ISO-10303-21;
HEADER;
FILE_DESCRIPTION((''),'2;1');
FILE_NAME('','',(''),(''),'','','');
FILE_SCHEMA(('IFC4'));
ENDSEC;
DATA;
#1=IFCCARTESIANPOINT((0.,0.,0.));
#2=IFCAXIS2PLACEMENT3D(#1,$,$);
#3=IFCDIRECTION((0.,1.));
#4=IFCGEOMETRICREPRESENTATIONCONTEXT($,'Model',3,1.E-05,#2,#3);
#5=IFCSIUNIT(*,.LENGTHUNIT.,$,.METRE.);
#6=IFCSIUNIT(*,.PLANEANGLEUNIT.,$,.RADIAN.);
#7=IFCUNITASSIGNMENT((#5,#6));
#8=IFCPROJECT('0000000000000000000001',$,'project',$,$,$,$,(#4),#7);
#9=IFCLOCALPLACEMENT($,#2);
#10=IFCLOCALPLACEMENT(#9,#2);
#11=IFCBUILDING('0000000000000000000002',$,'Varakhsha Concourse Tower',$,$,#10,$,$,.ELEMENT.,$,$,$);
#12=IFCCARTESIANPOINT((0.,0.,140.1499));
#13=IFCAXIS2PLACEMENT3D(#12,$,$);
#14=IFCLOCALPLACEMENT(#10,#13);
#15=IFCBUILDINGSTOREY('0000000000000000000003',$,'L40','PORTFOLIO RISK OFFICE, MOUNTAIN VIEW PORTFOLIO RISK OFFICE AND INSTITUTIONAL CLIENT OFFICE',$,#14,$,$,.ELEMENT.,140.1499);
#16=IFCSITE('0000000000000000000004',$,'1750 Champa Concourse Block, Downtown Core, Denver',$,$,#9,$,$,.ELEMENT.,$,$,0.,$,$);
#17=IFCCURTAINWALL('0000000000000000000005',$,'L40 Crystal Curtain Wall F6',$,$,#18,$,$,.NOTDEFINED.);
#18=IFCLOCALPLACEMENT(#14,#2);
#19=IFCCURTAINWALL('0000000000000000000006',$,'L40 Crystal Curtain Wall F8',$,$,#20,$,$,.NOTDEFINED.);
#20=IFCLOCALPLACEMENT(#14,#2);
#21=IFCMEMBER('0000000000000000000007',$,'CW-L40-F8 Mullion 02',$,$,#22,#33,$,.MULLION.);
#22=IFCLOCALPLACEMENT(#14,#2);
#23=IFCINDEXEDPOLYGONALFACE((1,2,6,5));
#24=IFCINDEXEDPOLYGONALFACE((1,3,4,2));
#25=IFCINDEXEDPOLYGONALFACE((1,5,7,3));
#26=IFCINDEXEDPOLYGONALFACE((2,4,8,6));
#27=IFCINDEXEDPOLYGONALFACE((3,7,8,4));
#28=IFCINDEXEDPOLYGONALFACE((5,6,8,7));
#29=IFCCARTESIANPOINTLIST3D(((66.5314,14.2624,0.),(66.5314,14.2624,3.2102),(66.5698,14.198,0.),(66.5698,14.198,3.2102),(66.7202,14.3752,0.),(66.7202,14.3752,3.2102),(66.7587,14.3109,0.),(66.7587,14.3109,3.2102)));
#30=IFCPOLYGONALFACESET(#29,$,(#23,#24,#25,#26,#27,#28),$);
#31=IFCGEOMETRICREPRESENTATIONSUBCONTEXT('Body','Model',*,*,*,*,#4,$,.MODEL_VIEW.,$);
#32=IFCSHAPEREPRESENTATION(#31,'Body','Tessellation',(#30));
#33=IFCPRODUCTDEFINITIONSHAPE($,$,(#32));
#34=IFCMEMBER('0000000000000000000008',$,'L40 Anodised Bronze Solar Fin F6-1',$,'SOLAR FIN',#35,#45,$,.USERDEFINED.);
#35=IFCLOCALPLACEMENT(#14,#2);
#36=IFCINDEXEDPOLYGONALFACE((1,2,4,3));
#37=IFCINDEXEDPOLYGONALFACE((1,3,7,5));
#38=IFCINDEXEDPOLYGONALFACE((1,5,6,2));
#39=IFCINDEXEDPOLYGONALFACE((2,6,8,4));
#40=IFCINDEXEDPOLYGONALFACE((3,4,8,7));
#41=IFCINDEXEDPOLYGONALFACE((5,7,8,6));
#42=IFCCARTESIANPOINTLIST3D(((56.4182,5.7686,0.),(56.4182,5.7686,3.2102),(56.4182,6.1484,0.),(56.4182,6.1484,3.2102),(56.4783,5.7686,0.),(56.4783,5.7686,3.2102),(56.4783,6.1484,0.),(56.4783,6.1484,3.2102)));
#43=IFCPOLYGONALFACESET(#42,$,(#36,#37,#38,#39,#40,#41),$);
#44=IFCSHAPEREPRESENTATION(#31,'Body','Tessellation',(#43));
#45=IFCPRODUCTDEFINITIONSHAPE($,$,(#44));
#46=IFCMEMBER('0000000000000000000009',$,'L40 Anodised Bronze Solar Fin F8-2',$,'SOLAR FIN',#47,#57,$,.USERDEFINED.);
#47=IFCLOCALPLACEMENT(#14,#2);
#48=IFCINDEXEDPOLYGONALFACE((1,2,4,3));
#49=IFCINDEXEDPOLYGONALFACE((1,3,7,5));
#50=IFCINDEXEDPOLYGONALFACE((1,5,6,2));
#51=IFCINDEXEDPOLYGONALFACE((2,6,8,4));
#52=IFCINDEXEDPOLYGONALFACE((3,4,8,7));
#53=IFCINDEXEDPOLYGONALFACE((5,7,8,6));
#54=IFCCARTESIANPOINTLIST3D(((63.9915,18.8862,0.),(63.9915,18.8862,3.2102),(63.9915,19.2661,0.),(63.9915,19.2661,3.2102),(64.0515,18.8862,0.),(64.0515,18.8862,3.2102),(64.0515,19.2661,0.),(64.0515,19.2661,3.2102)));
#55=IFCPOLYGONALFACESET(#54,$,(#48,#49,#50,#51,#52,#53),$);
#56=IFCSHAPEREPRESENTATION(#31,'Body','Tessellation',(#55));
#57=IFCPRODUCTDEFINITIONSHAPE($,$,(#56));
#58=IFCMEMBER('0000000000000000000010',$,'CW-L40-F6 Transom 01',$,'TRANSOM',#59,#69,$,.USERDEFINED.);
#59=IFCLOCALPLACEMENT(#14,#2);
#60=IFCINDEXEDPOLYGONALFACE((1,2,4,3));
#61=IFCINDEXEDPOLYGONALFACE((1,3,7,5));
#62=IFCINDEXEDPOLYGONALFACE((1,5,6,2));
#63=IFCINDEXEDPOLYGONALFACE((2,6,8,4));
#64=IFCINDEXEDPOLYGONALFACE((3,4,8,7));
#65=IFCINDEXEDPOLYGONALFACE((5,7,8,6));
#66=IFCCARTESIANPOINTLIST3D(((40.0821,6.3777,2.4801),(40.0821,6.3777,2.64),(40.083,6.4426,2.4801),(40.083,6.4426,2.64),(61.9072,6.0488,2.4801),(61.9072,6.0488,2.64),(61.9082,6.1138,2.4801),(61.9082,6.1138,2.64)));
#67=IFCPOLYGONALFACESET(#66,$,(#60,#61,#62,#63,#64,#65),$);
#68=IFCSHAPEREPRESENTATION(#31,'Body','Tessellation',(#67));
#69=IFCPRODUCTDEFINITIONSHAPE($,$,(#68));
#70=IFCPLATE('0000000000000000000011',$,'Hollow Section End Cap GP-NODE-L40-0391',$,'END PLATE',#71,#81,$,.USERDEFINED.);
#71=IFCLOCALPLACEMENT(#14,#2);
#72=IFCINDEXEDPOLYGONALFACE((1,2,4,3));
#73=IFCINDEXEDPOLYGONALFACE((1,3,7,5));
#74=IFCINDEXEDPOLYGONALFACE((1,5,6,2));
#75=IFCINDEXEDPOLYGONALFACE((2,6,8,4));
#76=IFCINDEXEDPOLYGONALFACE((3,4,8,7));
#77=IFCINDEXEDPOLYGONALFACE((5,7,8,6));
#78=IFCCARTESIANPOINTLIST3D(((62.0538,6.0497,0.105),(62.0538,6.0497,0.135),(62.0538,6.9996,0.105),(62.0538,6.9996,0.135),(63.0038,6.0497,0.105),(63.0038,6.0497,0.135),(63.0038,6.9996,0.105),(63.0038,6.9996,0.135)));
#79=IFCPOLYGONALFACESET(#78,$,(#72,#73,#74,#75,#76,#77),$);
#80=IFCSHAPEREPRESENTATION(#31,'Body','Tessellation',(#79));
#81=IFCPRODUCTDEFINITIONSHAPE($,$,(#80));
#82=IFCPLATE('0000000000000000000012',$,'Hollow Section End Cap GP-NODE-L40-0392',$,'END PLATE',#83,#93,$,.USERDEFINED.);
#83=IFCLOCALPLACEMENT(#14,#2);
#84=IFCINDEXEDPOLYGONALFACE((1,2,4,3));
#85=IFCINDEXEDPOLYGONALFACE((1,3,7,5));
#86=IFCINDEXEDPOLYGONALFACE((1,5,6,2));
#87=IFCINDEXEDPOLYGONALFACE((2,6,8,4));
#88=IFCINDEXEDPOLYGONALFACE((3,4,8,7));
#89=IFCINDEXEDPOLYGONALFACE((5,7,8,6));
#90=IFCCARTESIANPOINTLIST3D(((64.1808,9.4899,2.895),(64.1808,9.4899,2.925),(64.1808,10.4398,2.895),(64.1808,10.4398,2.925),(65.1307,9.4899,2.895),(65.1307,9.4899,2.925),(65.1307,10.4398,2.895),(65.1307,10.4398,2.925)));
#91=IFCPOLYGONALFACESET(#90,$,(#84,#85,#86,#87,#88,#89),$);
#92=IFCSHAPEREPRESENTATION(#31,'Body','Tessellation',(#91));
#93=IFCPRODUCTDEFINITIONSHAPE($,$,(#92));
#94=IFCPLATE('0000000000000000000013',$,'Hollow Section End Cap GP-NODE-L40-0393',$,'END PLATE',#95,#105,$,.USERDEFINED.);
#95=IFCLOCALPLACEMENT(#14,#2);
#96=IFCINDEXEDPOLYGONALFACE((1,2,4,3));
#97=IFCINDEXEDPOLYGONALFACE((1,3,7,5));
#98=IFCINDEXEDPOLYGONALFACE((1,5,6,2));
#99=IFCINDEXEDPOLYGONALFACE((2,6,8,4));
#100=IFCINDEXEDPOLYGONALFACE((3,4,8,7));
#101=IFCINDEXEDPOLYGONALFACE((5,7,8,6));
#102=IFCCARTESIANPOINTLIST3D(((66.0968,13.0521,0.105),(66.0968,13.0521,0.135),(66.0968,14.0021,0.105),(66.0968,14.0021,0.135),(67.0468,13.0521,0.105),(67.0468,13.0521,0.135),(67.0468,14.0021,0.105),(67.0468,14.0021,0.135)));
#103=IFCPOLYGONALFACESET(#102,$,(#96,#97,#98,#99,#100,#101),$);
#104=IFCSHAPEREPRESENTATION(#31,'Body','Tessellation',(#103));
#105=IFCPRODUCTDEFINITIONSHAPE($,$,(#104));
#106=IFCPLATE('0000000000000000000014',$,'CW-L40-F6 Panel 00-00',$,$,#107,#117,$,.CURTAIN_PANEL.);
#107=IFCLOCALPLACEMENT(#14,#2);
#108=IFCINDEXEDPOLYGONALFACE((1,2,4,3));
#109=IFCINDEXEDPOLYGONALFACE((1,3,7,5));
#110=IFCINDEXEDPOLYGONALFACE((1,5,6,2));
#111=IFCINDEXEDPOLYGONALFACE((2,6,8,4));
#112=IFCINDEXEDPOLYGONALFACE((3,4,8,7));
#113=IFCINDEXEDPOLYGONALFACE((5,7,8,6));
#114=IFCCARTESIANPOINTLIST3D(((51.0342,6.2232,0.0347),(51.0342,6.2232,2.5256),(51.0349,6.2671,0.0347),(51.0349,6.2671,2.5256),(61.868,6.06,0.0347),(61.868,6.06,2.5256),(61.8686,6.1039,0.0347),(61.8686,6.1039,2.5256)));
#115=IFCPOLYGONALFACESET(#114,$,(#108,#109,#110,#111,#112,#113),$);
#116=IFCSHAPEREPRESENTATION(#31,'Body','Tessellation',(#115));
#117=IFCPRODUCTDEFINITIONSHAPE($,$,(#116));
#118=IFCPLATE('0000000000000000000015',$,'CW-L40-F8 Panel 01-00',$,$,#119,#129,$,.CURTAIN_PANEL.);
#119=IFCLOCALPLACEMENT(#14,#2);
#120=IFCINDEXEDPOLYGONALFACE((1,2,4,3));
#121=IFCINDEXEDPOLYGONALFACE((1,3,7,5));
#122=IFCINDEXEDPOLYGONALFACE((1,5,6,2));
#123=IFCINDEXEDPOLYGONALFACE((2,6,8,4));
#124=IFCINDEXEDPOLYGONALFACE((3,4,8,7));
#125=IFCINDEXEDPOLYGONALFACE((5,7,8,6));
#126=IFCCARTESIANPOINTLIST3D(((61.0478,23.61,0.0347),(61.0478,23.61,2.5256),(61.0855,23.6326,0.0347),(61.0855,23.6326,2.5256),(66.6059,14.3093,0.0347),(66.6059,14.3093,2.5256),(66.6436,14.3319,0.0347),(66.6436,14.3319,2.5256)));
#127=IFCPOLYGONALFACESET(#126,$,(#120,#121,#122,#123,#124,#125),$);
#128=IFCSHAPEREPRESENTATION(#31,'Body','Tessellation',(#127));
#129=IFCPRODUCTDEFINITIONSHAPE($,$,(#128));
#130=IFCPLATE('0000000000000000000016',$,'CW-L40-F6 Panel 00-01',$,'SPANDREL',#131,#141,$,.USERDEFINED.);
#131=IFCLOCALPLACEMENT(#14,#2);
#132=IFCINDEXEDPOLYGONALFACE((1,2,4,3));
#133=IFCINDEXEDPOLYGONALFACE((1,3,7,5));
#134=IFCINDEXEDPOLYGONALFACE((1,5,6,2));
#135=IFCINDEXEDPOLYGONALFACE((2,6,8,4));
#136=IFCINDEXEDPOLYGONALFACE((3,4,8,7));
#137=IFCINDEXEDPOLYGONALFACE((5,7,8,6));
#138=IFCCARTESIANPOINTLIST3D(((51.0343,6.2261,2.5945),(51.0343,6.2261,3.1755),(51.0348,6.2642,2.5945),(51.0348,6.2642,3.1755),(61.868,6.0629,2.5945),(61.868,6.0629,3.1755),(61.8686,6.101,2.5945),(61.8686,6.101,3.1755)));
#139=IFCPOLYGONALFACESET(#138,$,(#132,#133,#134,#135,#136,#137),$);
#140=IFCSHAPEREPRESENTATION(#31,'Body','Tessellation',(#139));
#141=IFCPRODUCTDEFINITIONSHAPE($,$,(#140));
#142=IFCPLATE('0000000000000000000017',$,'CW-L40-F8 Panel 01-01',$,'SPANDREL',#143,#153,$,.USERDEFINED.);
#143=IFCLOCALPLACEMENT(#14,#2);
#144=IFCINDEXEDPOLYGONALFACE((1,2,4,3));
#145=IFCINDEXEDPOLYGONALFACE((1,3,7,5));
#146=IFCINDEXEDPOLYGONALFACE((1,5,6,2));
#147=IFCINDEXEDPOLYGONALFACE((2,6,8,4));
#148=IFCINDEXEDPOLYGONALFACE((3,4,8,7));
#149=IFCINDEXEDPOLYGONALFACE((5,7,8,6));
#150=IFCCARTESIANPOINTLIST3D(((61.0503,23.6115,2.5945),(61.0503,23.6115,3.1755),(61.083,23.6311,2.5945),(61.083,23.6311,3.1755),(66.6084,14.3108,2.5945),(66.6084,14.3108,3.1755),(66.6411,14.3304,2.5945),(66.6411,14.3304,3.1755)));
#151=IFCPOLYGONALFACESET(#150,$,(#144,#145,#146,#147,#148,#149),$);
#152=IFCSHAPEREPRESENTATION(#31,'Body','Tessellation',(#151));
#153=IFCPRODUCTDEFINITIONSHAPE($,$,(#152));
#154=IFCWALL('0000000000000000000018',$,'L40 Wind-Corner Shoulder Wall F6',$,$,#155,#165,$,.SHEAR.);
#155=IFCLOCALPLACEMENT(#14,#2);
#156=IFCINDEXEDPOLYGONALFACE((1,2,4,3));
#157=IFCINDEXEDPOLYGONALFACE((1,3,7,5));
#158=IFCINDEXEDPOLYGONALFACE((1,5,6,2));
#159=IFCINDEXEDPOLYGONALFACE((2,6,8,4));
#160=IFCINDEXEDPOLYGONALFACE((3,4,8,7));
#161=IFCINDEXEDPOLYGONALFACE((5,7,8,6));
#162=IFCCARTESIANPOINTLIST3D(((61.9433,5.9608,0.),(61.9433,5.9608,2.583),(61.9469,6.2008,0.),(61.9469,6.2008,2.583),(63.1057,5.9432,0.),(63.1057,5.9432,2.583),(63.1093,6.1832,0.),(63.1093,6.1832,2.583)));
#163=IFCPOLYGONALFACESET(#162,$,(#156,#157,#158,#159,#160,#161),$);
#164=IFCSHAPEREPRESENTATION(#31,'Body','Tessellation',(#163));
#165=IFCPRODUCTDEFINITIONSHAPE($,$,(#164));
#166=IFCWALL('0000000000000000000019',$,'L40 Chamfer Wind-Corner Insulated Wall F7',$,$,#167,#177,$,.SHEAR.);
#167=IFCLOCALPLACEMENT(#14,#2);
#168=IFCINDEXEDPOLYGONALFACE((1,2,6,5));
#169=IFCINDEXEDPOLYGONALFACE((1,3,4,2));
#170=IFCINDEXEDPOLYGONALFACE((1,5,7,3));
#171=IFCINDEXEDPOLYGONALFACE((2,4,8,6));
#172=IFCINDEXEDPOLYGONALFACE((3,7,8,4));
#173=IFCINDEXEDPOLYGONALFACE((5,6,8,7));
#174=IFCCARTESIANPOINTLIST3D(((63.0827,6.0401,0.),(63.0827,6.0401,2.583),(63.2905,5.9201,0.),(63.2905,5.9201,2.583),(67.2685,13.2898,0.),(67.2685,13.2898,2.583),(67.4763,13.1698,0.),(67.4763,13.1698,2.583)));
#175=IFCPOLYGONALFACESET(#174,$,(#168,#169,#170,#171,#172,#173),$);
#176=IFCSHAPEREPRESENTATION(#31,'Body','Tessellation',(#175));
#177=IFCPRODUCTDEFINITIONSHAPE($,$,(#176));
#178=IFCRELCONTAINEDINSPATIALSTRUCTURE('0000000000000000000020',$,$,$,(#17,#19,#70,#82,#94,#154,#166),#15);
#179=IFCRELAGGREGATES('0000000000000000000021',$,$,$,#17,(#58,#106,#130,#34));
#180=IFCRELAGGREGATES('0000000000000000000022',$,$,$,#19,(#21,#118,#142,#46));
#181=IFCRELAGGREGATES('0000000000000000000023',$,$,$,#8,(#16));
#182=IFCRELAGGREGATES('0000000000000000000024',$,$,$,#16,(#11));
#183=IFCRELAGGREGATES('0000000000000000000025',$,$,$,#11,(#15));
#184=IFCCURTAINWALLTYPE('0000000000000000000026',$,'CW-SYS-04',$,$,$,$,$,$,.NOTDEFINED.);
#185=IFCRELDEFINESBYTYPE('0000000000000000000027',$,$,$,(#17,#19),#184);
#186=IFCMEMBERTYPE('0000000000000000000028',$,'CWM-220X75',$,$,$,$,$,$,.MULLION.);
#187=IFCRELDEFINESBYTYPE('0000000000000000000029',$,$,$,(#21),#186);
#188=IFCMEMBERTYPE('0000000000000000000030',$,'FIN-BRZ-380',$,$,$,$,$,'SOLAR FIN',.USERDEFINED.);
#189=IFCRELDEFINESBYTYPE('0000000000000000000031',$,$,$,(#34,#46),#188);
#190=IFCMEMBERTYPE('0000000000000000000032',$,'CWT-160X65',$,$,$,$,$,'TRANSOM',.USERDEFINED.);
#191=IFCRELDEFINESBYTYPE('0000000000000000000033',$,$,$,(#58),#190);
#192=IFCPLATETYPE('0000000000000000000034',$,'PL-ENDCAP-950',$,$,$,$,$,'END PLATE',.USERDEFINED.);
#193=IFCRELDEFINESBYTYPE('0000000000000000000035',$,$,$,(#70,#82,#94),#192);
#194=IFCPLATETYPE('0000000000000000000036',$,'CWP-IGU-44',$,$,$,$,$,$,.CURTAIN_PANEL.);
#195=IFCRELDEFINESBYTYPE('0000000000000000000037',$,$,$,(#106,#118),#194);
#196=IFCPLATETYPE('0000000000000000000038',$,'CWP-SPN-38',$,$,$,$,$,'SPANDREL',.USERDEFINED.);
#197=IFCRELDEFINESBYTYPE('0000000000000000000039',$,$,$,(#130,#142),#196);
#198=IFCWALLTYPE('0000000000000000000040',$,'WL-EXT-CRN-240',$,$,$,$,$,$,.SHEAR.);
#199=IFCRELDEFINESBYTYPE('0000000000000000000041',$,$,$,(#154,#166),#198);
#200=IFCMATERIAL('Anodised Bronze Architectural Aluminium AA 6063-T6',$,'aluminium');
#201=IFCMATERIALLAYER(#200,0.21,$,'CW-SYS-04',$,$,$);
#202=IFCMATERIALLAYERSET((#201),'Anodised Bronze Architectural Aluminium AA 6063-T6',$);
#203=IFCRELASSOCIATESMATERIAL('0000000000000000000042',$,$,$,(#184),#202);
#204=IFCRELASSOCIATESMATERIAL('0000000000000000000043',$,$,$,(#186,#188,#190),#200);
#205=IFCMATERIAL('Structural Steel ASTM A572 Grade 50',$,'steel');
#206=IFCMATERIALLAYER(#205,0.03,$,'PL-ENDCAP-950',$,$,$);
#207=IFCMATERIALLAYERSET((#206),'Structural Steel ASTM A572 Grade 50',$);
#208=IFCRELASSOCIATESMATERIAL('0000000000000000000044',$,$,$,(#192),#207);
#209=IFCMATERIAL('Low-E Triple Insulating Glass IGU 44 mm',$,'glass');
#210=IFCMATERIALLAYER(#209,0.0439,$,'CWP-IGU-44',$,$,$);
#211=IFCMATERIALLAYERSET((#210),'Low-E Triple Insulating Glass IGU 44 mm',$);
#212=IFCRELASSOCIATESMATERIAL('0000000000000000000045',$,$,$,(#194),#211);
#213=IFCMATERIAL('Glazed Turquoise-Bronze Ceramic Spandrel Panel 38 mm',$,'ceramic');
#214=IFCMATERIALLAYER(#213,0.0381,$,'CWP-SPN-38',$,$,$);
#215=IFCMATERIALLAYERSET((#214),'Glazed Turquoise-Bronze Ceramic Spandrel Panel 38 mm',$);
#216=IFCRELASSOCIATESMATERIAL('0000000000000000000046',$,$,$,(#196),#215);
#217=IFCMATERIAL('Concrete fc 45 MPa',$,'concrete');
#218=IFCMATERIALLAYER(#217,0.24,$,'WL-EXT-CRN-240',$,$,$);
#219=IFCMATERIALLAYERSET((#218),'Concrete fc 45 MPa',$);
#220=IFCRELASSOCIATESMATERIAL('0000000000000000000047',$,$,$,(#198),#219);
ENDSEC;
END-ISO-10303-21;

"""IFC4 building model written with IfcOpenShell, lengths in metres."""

from ifc_helpers import new_model, si_unit, direction, frame, frame_2d, origin, origin_2d, place, context, subcontext, project, spatial, rectangle, extrude, source, transform, mapped, material, layer, layer_set, material_profile, profile_set, type_object, type_shapes, element, aggregate, save


model = new_model("IFC4")

# Units and contexts
model_context = context("Model", 3, precision=1e-05, world=origin(), true_north=direction((0.0, 1.0)))
body_context = subcontext(model_context, "Body", "Model", "MODEL_VIEW")
ifc_project = project(units=[si_unit("LENGTHUNIT", "METRE"), si_unit("PLANEANGLEUNIT", "RADIAN")], contexts=[model_context])

# Site, building, storey
site_placement = place(None, origin())
site = spatial("IfcSite", under=ifc_project, at=site_placement, Name="1750 Champa Concourse Block, Downtown Core, Denver", CompositionType="ELEMENT", RefElevation=0.0)
building_placement = place(site_placement, origin())
building = spatial("IfcBuilding", under=site, at=building_placement, Name="Varakhsha Concourse Tower", CompositionType="ELEMENT")
storey_placement = place(building_placement, frame((0.0, 0.0, 140.1499)))
storey = spatial("IfcBuildingStorey", under=building, at=storey_placement, Name="L40", Description="PORTFOLIO RISK OFFICE, MOUNTAIN VIEW PORTFOLIO RISK OFFICE AND INSTITUTIONAL CLIENT OFFICE", CompositionType="ELEMENT", Elevation=140.1499)

# Shared definitions
ifc_material_1 = material(Name="Structural Steel ASTM A572 Grade 50", Category="steel")

# Curtain walls, member
ifc_material_2 = material(Name="Anodised Bronze Architectural Aluminium AA 6063-T6", Category="aluminium")
ifc_layer_1 = layer(ifc_material_2, 0.21, Name="CW-SYS-04")
ifc_layer_set_1 = layer_set([ifc_layer_1], Name="Anodised Bronze Architectural Aluminium AA 6063-T6")
curtain_wall_type = type_object("IfcCurtainWallType", Name="CW-SYS-04", PredefinedType="NOTDEFINED", material=ifc_layer_set_1)
curtain_wall_1_placement = place(storey_placement, origin())
curtain_wall_1 = element("IfcCurtainWall", 1, at=curtain_wall_1_placement, inside=storey, type_object=curtain_wall_type, Name="L40 Crystal Curtain Wall F6", PredefinedType="NOTDEFINED")
ifc_material_profile_1 = material_profile(ifc_material_2, rectangle(XDim=0.075, YDim=0.22, at=origin_2d()), Name="CWM-220X75")
ifc_profile_set_1 = profile_set([ifc_material_profile_1], Name="Anodised Bronze Architectural Aluminium AA 6063-T6")
member_type_1 = type_object("IfcMemberType", Name="CWM-220X75", PredefinedType="MULLION", material=ifc_profile_set_1)
shared_shape_1 = source(origin(), body_context, "Body", "SweptSolid", [
    extrude(rectangle(XDim=0.075, YDim=0.22, at=origin_2d()), origin(), (0.0, 0.0, 1.0), 3.2102),
])
type_shapes(member_type_1, [shared_shape_1])
curtain_wall_2_placement = place(storey_placement, origin())
curtain_wall_2 = element("IfcCurtainWall", 2, at=curtain_wall_2_placement, inside=storey, type_object=curtain_wall_type, Name="L40 Crystal Curtain Wall F8", PredefinedType="NOTDEFINED")
member_1_placement = place(storey_placement, frame((66.645, 14.2866, 0.0), z_axis=(0.0, 0.0, 1.0), x_axis=(0.512984, -0.858398, 0.0)))
member_1 = element("IfcMember", 3, at=member_1_placement, type_object=member_type_1, Name="CW-L40-F8 Mullion 02", PredefinedType="MULLION", context=body_context, shape_type="MappedRepresentation", body=[
    mapped(shared_shape_1, transform((0.0, 0.0, 0.0), scale=1.0)),
])

# Members
ifc_material_profile_2 = material_profile(ifc_material_2, rectangle(XDim=0.0601, YDim=0.3799, at=origin_2d()), Name="FIN-BRZ-380")
ifc_profile_set_2 = profile_set([ifc_material_profile_2], Name="Anodised Bronze Architectural Aluminium AA 6063-T6")
member_type_2 = type_object("IfcMemberType", Name="FIN-BRZ-380", ElementType="SOLAR FIN", PredefinedType="USERDEFINED", material=ifc_profile_set_2)
shared_shape_2 = source(origin(), body_context, "Body", "SweptSolid", [
    extrude(rectangle(XDim=0.0601, YDim=0.3799, at=origin_2d()), origin(), (0.0, 0.0, 1.0), 3.2102),
])
type_shapes(member_type_2, [shared_shape_2])
member_2_placement = place(storey_placement, frame((56.4482, 5.9585, 0.0), z_axis=(0.0, 0.0, 1.0), x_axis=(1.0, 0.0, 0.0)))
member_2 = element("IfcMember", 4, at=member_2_placement, type_object=member_type_2, Name="L40 Anodised Bronze Solar Fin F6-1", ObjectType="SOLAR FIN", PredefinedType="USERDEFINED", context=body_context, shape_type="MappedRepresentation", body=[
    mapped(shared_shape_2, transform((0.0, 0.0, 0.0), scale=1.0)),
])
member_3_placement = place(storey_placement, frame((64.0215, 19.0762, 0.0), z_axis=(0.0, 0.0, 1.0), x_axis=(1.0, 0.0, 0.0)))
member_3 = element("IfcMember", 5, at=member_3_placement, type_object=member_type_2, Name="L40 Anodised Bronze Solar Fin F8-2", ObjectType="SOLAR FIN", PredefinedType="USERDEFINED", context=body_context, shape_type="MappedRepresentation", body=[
    mapped(shared_shape_2, transform((0.0, 0.0, 0.0), scale=1.0)),
])
ifc_material_profile_3 = material_profile(ifc_material_2, rectangle(XDim=0.0649, YDim=0.1599, at=origin_2d()), Name="CWT-160X65")
ifc_profile_set_3 = profile_set([ifc_material_profile_3], Name="Anodised Bronze Architectural Aluminium AA 6063-T6")
member_type_3 = type_object("IfcMemberType", Name="CWT-160X65", ElementType="TRANSOM", PredefinedType="USERDEFINED", material=ifc_profile_set_3)
shared_shape_3 = source(origin(), body_context, "Body", "SweptSolid", [
    extrude(rectangle(XDim=0.0649, YDim=0.1599, at=origin_2d()), origin(), (0.0, 0.0, 1.0), 21.8276),
])
type_shapes(member_type_3, [shared_shape_3])
member_4_placement = place(storey_placement, frame((61.9077, 6.0813, 2.5601), z_axis=(-0.999887, 0.015066, 0.0), x_axis=(-0.015066, -0.999887, 0.0)))
member_4 = element("IfcMember", 6, at=member_4_placement, type_object=member_type_3, Name="CW-L40-F6 Transom 01", ObjectType="TRANSOM", PredefinedType="USERDEFINED", context=body_context, shape_type="MappedRepresentation", body=[
    mapped(shared_shape_3, transform((0.0, 0.0, 0.0), scale=1.0)),
])

# Plates
ifc_layer_2 = layer(ifc_material_1, 0.03, Name="PL-ENDCAP-950")
ifc_layer_set_2 = layer_set([ifc_layer_2], Name="Structural Steel ASTM A572 Grade 50")
plate_type_1 = type_object("IfcPlateType", Name="PL-ENDCAP-950", ElementType="END PLATE", PredefinedType="USERDEFINED", material=ifc_layer_set_2)
shared_shape_4 = source(origin(), body_context, "Body", "SweptSolid", [
    extrude(rectangle(XDim=0.95, YDim=0.95, at=origin_2d()), origin(), (0.0, 0.0, 1.0), 0.03),
])
type_shapes(plate_type_1, [shared_shape_4])
for number, where, z_axis, x_axis, name in (
    (7, (62.5288, 6.5247, 0.105), (0.0, 0.0, 1.0), (1.0, 0.0, 0.0), "Hollow Section End Cap GP-NODE-L40-0391"),
    (8, (64.6558, 9.9648, 2.895), (0.0, 0.0, 1.0), (1.0, 0.0, 0.0), "Hollow Section End Cap GP-NODE-L40-0392"),
    (9, (66.5718, 13.5271, 0.105), (0.0, 0.0, 1.0), (1.0, 0.0, 0.0), "Hollow Section End Cap GP-NODE-L40-0393"),
):
    element("IfcPlate", number, at=place(storey_placement, frame(where, z_axis=z_axis, x_axis=x_axis)), inside=storey, type_object=plate_type_1, Name=name, ObjectType="END PLATE", PredefinedType="USERDEFINED", context=body_context, shape_type="MappedRepresentation", body=[
        mapped(shared_shape_4, transform((0.0, 0.0, 0.0), scale=1.0)),
    ])

# Plates
ifc_material_3 = material(Name="Low-E Triple Insulating Glass IGU 44 mm", Category="glass")
ifc_layer_3 = layer(ifc_material_3, 0.0439, Name="CWP-IGU-44")
ifc_layer_set_3 = layer_set([ifc_layer_3], Name="Low-E Triple Insulating Glass IGU 44 mm")
plate_type_2 = type_object("IfcPlateType", Name="CWP-IGU-44", PredefinedType="CURTAIN_PANEL", material=ifc_layer_set_3)
shared_shape_5 = source(origin(), body_context, "Body", "SweptSolid", [
    extrude(rectangle(XDim=10.835, YDim=0.0439, at=origin_2d()), origin(), (0.0, 0.0, 1.0), 2.491),
])
type_shapes(plate_type_2, [shared_shape_5])
plate_1_placement = place(storey_placement, frame((56.4514, 6.1636, 0.0347), z_axis=(0.0, 0.0, 1.0), x_axis=(-0.999887, 0.015063, 0.0)))
plate_1 = element("IfcPlate", 10, at=plate_1_placement, type_object=plate_type_2, Name="CW-L40-F6 Panel 00-00", PredefinedType="CURTAIN_PANEL", context=body_context, shape_type="MappedRepresentation", body=[
    mapped(shared_shape_5, transform((0.0, 0.0, 0.0), scale=1.0)),
])
plate_2_placement = place(storey_placement, frame((63.8457, 18.9709, 0.0347), z_axis=(0.0, 0.0, 1.0), x_axis=(0.512984, -0.858398, 0.0)))
plate_2 = element("IfcPlate", 11, at=plate_2_placement, type_object=plate_type_2, Name="CW-L40-F8 Panel 01-00", PredefinedType="CURTAIN_PANEL", context=body_context, shape_type="MappedRepresentation", body=[
    mapped(shared_shape_5, transform((0.0, 0.0, 0.0), scale=1.0)),
])
ifc_material_4 = material(Name="Glazed Turquoise-Bronze Ceramic Spandrel Panel 38 mm", Category="ceramic")
ifc_layer_4 = layer(ifc_material_4, 0.0381, Name="CWP-SPN-38")
ifc_layer_set_4 = layer_set([ifc_layer_4], Name="Glazed Turquoise-Bronze Ceramic Spandrel Panel 38 mm")
plate_type_3 = type_object("IfcPlateType", Name="CWP-SPN-38", ElementType="SPANDREL", PredefinedType="USERDEFINED", material=ifc_layer_set_4)
shared_shape_6 = source(origin(), body_context, "Body", "SweptSolid", [
    extrude(rectangle(XDim=10.835, YDim=0.0381, at=origin_2d()), origin(), (0.0, 0.0, 1.0), 0.5811),
])
type_shapes(plate_type_3, [shared_shape_6])
plate_3_placement = place(storey_placement, frame((56.4514, 6.1636, 2.5945), z_axis=(0.0, 0.0, 1.0), x_axis=(-0.999887, 0.015063, 0.0)))
plate_3 = element("IfcPlate", 12, at=plate_3_placement, type_object=plate_type_3, Name="CW-L40-F6 Panel 00-01", ObjectType="SPANDREL", PredefinedType="USERDEFINED", context=body_context, shape_type="MappedRepresentation", body=[
    mapped(shared_shape_6, transform((0.0, 0.0, 0.0), scale=1.0)),
])
aggregate(curtain_wall_1, [member_4, plate_1, plate_3, member_2])
plate_4_placement = place(storey_placement, frame((63.8457, 18.9709, 2.5945), z_axis=(0.0, 0.0, 1.0), x_axis=(0.512984, -0.858398, 0.0)))
plate_4 = element("IfcPlate", 13, at=plate_4_placement, type_object=plate_type_3, Name="CW-L40-F8 Panel 01-01", ObjectType="SPANDREL", PredefinedType="USERDEFINED", context=body_context, shape_type="MappedRepresentation", body=[
    mapped(shared_shape_6, transform((0.0, 0.0, 0.0), scale=1.0)),
])
aggregate(curtain_wall_2, [member_1, plate_2, plate_4, member_3])

# Walls
ifc_material_5 = material(Name="Concrete fc 45 MPa", Category="concrete")
ifc_layer_5 = layer(ifc_material_5, 0.24, Name="WL-EXT-CRN-240")
ifc_layer_set_5 = layer_set([ifc_layer_5], Name="Concrete fc 45 MPa")
wall_type = type_object("IfcWallType", Name="WL-EXT-CRN-240", PredefinedType="SHEAR", material=ifc_layer_set_5)
wall_1_placement = place(storey_placement, frame((61.9451, 6.0808, 0.0), z_axis=(0.0, 0.0, 1.0), x_axis=(0.999886, -0.015121, 0.0)))
element("IfcWall", 14, at=wall_1_placement, inside=storey, type_object=wall_type, Name="L40 Wind-Corner Shoulder Wall F6", PredefinedType="SHEAR", context=body_context, shape_type="SweptSolid", body=[
    extrude(rectangle(XDim=1.1626, YDim=0.24, at=frame_2d((0.5813, 0.0))), origin(), (0.0, 0.0, 1.0), 2.583),
])
wall_2_placement = place(storey_placement, frame((67.3723, 13.2297, 0.0), z_axis=(0.0, 0.0, 1.0), x_axis=(-0.500013, -0.866018, 0.0)))
element("IfcWall", 15, at=wall_2_placement, inside=storey, type_object=wall_type, Name="L40 Chamfer Wind-Corner Insulated Wall F7", PredefinedType="SHEAR", context=body_context, shape_type="SweptSolid", body=[
    extrude(rectangle(XDim=8.3713, YDim=0.24, at=frame_2d((4.1855, 0.0))), origin(), (0.0, 0.0, 1.0), 2.583),
])

save(model, "model.ifc")
